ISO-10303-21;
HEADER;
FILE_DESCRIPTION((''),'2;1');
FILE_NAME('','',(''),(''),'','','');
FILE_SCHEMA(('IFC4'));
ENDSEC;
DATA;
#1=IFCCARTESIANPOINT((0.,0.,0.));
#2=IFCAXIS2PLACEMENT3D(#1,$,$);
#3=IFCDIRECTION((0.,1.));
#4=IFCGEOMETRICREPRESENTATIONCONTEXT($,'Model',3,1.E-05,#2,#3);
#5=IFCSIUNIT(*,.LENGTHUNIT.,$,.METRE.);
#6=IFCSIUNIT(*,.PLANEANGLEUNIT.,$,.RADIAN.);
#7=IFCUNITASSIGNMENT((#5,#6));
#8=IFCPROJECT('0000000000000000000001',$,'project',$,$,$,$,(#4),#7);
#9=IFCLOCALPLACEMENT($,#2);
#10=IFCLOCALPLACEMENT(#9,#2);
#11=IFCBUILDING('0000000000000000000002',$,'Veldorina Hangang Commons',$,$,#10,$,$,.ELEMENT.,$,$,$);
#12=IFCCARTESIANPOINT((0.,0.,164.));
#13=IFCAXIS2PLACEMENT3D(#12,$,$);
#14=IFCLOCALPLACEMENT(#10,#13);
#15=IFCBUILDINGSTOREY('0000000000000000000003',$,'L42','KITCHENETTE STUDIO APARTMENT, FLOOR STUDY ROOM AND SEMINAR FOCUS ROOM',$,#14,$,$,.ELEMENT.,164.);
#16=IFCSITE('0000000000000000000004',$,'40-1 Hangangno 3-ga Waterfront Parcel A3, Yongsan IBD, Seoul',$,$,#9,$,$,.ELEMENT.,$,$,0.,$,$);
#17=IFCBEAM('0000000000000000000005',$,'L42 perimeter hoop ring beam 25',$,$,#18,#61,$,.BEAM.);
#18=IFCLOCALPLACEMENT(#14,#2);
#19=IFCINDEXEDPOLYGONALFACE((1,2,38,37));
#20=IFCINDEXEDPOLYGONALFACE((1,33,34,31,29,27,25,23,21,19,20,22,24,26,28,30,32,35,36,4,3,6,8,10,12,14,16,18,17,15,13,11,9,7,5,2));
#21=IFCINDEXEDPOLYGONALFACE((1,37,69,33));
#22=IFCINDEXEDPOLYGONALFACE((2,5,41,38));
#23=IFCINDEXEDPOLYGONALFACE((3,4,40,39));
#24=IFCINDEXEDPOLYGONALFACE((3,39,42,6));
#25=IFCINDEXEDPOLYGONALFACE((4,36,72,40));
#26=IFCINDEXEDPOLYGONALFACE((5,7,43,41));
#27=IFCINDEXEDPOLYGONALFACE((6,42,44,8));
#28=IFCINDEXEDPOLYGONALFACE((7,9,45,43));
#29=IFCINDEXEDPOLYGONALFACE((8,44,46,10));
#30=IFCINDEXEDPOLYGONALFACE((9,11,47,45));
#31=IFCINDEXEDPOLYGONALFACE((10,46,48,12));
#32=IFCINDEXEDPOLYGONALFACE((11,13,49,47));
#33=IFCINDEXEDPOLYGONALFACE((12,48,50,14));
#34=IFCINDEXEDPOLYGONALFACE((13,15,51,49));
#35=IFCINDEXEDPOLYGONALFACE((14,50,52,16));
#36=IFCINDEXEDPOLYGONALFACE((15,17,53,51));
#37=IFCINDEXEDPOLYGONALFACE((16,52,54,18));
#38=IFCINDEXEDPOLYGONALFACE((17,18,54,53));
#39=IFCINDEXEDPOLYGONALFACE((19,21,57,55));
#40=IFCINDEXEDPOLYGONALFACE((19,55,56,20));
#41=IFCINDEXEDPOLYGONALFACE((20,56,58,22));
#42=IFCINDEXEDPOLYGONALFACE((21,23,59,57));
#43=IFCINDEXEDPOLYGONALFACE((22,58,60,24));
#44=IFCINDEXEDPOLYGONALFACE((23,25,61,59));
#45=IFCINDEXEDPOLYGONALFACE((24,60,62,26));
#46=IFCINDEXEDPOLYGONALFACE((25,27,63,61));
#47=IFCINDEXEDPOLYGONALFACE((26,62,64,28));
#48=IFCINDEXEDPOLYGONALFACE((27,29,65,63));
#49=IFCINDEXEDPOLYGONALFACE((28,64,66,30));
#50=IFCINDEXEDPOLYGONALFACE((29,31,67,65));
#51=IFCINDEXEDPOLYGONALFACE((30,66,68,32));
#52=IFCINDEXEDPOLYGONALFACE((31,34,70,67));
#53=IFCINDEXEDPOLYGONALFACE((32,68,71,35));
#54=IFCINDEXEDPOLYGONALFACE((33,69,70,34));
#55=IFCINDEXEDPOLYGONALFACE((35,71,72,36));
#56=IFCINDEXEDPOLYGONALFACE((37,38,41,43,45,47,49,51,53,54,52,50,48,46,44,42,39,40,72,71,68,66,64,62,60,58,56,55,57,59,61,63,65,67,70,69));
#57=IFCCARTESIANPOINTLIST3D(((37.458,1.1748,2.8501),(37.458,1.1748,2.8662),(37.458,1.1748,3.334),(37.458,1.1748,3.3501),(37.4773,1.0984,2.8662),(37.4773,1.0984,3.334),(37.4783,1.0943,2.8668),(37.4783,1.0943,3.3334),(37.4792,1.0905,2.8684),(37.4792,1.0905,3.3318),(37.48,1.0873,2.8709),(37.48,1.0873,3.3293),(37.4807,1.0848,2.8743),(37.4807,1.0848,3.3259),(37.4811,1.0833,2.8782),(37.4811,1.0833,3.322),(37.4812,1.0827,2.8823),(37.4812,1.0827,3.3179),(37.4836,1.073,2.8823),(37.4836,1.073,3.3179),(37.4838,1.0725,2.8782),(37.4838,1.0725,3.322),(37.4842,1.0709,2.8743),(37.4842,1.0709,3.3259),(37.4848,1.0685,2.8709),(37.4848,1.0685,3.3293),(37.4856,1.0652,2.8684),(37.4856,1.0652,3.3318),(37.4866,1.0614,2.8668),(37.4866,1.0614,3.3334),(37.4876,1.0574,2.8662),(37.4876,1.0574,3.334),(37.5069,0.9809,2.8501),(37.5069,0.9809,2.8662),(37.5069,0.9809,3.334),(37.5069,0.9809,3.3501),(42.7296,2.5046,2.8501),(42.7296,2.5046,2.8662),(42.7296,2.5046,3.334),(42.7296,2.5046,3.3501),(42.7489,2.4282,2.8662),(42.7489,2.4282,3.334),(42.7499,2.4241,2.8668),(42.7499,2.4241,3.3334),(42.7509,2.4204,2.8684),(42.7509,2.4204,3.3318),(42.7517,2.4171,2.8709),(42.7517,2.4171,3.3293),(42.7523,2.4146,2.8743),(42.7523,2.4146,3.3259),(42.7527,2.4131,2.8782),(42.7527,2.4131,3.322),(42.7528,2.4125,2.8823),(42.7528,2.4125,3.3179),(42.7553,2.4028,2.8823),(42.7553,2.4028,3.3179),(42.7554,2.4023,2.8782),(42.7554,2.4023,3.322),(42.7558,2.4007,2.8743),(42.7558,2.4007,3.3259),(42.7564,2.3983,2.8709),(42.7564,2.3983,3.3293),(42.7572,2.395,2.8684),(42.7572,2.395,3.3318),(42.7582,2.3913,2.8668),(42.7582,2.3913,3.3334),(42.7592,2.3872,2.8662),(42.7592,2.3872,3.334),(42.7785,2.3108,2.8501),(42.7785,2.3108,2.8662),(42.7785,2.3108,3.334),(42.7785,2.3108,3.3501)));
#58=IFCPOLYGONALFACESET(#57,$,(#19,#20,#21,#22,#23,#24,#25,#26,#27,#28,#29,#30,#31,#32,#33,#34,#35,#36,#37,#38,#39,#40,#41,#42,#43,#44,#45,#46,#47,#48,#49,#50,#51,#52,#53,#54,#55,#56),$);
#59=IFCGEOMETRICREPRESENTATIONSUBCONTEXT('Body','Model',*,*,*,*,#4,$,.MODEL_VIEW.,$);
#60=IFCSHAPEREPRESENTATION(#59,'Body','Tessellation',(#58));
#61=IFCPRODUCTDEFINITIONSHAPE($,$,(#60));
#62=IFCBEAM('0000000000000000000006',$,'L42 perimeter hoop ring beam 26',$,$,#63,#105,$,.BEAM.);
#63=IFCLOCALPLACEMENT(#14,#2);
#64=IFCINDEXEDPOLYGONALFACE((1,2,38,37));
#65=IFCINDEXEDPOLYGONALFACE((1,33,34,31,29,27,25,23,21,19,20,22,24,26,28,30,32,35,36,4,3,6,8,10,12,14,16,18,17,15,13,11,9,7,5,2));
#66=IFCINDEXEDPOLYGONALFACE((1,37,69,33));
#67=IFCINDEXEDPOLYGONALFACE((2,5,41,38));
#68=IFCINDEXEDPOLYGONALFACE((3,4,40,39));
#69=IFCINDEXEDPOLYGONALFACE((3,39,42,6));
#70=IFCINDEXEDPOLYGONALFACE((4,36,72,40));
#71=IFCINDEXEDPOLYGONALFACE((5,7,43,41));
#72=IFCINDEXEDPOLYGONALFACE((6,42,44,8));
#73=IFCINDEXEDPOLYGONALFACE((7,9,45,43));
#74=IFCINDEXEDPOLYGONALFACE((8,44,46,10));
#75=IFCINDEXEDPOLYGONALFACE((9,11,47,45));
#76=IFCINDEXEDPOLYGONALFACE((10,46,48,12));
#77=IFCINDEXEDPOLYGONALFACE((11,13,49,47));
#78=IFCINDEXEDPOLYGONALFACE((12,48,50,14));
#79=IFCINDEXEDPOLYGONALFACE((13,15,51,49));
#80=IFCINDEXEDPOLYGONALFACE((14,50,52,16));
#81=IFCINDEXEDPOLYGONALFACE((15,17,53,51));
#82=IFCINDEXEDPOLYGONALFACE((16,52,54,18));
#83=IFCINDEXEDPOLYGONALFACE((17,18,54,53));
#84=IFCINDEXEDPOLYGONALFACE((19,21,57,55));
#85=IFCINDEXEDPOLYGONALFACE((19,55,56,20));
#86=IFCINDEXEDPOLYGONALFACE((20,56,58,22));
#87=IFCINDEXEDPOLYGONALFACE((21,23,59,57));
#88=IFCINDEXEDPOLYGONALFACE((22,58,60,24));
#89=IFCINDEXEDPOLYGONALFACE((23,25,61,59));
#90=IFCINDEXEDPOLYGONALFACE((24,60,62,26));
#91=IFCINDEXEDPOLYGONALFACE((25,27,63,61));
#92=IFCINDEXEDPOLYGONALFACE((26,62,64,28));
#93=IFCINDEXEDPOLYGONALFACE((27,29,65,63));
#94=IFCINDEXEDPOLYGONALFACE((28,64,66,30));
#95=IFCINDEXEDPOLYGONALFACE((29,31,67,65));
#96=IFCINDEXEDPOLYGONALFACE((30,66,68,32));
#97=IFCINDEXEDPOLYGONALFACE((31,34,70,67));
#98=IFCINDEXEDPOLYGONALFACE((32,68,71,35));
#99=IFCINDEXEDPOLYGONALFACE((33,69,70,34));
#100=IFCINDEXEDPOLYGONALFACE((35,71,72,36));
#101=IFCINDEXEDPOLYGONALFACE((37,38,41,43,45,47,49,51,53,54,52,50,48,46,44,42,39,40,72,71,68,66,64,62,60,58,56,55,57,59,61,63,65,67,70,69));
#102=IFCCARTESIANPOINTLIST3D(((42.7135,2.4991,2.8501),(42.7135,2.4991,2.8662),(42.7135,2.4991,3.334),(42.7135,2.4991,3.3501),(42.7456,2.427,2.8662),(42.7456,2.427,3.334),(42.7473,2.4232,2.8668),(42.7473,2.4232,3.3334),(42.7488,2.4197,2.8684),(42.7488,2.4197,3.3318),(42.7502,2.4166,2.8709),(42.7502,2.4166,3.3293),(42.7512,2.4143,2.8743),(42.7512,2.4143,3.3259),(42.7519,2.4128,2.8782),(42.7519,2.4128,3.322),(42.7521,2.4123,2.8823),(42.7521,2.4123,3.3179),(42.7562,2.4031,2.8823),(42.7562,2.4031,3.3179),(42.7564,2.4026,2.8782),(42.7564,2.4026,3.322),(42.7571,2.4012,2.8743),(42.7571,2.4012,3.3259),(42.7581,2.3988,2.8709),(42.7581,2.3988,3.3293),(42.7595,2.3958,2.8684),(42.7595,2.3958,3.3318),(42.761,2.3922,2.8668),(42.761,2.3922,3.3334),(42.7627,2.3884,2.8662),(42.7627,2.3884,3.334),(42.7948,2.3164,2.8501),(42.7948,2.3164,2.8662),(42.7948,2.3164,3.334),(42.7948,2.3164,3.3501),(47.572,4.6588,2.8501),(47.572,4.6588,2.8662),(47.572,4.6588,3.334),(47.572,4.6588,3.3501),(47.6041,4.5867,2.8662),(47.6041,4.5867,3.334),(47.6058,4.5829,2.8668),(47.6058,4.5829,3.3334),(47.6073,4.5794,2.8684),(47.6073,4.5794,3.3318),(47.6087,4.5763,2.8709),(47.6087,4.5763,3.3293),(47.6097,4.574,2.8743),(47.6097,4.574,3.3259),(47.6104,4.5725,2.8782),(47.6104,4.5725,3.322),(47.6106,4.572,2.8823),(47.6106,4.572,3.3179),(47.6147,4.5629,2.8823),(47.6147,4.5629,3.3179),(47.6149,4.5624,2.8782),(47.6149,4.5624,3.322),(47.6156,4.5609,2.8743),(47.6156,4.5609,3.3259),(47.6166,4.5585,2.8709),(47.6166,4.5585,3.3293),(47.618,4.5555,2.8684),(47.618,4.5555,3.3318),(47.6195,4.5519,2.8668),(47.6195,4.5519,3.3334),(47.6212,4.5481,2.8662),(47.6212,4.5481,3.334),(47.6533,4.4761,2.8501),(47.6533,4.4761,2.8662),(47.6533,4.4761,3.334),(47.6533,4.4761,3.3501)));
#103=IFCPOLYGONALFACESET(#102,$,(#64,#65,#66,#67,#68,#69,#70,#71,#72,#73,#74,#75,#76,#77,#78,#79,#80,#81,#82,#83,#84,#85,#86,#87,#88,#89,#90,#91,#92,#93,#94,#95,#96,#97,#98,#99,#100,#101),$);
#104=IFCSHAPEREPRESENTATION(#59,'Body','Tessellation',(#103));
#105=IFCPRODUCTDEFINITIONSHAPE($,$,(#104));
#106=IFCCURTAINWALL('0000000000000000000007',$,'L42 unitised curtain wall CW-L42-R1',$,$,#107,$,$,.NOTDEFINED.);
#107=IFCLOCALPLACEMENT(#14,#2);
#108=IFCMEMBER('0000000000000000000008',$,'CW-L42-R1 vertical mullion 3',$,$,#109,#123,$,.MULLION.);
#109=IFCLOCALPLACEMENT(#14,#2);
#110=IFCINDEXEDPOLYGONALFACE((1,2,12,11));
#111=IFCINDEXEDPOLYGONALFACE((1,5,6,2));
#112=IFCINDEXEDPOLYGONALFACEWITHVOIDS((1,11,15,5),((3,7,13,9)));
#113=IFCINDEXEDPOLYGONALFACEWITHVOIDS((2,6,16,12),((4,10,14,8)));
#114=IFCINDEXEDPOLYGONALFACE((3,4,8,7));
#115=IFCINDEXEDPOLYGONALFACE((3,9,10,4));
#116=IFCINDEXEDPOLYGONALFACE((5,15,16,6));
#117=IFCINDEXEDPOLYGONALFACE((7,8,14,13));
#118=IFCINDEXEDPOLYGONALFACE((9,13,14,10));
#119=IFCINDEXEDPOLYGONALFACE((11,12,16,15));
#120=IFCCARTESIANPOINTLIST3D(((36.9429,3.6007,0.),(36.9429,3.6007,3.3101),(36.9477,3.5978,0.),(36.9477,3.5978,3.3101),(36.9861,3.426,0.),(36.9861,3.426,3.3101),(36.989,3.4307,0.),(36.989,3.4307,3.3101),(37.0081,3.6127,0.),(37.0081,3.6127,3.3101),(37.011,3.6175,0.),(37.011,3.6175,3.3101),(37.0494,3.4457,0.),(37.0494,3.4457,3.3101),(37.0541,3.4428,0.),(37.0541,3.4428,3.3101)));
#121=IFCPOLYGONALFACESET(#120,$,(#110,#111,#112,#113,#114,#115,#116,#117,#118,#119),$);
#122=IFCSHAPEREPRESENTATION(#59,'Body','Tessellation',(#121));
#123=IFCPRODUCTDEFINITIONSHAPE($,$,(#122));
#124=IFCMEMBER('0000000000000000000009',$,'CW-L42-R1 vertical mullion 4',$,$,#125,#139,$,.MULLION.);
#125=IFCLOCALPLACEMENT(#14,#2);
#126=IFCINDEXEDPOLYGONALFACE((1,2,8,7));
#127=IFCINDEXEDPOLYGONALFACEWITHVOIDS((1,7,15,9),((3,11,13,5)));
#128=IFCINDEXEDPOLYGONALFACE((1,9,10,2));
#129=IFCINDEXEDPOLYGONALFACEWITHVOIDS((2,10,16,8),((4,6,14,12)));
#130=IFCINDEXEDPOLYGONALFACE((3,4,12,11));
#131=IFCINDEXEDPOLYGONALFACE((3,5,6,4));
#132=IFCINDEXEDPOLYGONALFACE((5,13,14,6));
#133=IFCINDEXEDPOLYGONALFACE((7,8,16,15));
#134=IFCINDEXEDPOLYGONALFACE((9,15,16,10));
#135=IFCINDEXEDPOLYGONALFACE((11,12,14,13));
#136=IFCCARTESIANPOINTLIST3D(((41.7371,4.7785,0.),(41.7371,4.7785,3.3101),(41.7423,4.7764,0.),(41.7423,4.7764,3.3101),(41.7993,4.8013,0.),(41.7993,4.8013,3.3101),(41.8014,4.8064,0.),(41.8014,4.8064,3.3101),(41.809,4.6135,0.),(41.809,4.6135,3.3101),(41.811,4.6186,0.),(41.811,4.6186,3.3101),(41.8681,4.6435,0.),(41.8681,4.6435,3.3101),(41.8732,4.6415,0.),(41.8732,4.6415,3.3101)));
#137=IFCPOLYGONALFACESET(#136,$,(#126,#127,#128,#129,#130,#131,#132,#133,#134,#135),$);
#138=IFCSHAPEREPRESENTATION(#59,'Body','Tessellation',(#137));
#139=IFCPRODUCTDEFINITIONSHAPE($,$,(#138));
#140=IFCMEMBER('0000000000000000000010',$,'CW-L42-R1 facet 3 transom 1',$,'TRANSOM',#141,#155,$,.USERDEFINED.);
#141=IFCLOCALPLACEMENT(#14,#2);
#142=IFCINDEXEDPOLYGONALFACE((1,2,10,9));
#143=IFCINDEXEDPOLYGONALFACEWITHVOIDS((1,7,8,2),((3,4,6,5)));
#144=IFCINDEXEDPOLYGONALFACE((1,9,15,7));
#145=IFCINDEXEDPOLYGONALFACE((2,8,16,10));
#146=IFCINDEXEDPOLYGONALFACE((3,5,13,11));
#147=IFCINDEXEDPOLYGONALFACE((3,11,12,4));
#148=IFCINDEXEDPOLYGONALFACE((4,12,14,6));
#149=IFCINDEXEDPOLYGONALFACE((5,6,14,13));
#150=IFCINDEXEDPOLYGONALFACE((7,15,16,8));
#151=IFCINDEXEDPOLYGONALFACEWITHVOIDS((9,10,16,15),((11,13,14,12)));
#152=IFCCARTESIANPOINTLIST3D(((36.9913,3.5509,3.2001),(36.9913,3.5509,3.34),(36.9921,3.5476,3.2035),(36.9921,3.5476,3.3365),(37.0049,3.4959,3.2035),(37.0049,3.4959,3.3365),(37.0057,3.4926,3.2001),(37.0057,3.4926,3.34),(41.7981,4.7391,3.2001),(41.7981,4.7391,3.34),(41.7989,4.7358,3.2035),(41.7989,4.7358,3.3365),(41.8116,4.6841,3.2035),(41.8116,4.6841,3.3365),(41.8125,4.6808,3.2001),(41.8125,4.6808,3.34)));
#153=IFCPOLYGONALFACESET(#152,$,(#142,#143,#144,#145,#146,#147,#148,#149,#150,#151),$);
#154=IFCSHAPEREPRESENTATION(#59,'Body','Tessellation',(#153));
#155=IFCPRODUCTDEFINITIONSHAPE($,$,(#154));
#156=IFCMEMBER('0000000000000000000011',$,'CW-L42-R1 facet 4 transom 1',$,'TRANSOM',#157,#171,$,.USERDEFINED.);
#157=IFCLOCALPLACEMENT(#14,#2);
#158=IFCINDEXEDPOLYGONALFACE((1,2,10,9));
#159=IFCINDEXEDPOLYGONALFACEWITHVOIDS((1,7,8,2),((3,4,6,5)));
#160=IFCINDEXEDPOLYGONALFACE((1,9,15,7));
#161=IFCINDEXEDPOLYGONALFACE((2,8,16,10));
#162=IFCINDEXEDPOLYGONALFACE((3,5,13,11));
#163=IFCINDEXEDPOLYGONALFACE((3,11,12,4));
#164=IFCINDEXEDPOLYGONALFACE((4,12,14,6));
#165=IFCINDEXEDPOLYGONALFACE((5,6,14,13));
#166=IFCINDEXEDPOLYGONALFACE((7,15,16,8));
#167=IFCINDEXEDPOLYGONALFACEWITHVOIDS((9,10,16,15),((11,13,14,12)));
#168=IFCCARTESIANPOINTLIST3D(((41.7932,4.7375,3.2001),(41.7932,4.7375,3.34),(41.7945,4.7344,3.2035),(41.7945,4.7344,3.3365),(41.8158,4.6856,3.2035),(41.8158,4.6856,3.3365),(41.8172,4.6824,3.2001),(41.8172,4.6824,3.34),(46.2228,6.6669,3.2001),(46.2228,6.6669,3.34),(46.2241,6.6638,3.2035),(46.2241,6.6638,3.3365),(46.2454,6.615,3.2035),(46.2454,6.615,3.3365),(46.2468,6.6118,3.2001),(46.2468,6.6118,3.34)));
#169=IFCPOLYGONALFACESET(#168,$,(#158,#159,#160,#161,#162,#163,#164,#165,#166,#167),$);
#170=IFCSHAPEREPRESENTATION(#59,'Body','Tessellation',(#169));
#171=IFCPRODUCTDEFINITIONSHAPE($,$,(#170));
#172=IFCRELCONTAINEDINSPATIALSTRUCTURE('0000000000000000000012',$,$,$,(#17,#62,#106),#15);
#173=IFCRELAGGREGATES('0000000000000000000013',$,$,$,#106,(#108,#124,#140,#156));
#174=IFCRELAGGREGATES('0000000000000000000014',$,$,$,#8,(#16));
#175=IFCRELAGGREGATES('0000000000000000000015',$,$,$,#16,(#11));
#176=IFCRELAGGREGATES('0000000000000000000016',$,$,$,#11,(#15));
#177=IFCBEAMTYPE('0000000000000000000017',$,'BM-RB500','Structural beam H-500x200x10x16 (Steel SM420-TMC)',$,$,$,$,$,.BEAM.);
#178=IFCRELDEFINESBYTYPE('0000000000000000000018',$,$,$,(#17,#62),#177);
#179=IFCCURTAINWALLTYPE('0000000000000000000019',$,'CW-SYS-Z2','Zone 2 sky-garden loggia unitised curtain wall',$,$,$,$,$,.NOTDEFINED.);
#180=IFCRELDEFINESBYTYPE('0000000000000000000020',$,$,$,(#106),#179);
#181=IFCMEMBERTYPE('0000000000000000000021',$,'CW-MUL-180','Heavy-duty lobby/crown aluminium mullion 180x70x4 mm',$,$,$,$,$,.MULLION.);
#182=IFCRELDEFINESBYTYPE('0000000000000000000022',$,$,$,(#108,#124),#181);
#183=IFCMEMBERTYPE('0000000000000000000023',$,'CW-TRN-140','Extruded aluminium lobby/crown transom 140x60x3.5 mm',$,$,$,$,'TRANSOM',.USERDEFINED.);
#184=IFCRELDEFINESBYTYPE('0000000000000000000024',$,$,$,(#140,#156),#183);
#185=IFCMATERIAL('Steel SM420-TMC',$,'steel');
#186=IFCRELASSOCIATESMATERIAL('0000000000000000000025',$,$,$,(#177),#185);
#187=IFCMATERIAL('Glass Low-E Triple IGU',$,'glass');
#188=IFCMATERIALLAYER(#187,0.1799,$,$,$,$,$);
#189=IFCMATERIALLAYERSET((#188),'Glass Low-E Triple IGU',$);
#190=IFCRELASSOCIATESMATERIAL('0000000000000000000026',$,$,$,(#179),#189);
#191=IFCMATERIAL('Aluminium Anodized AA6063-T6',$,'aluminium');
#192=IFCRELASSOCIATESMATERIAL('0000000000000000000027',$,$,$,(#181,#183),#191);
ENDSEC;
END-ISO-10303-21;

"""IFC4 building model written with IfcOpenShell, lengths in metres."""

from ifc_helpers import new_model, si_unit, direction, frame, origin, origin_2d, place, context, subcontext, project, spatial, hollow_rectangle, i_section, extrude, material, layer, layer_set, material_profile, profile_set, type_object, element, aggregate, save


model = new_model("IFC4")

# Units and contexts
model_context = context("Model", 3, precision=1e-05, world=origin(), true_north=direction((0.0, 1.0)))
body_context = subcontext(model_context, "Body", "Model", "MODEL_VIEW")
ifc_project = project(units=[si_unit("LENGTHUNIT", "METRE"), si_unit("PLANEANGLEUNIT", "RADIAN")], contexts=[model_context])

# Site, building, storey
site_placement = place(None, origin())
site = spatial("IfcSite", under=ifc_project, at=site_placement, Name="40-1 Hangangno 3-ga Waterfront Parcel A3, Yongsan IBD, Seoul", CompositionType="ELEMENT", RefElevation=0.0)
building_placement = place(site_placement, origin())
building = spatial("IfcBuilding", under=site, at=building_placement, Name="Veldorina Hangang Commons", CompositionType="ELEMENT")
storey_placement = place(building_placement, frame((0.0, 0.0, 164.0)))
storey = spatial("IfcBuildingStorey", under=building, at=storey_placement, Name="L42", Description="KITCHENETTE STUDIO APARTMENT, FLOOR STUDY ROOM AND SEMINAR FOCUS ROOM", CompositionType="ELEMENT", Elevation=164.0)

# Beams
ifc_material_1 = material(Name="Steel SM420-TMC", Category="steel")
ifc_material_profile_1 = material_profile(ifc_material_1, i_section(OverallWidth=0.2, OverallDepth=0.5, WebThickness=0.01, FlangeThickness=0.0161, FilletRadius=0.0161, at=origin_2d()), Name="H-500x200x10x16")
ifc_profile_set_1 = profile_set([ifc_material_profile_1], Name="Steel SM420-TMC")
beam_type = type_object("IfcBeamType", Name="BM-RB500", Description="Structural beam H-500x200x10x16 (Steel SM420-TMC)", PredefinedType="BEAM", material=ifc_profile_set_1)
beam_1_placement = place(storey_placement, frame((37.4824, 1.0779, 3.1001), z_axis=(0.969625, 0.244595, 0.0), x_axis=(-0.244595, 0.969625, 0.0)))
element("IfcBeam", 1, at=beam_1_placement, inside=storey, type_object=beam_type, Name="L42 perimeter hoop ring beam 25", PredefinedType="BEAM", context=body_context, shape_type="SweptSolid", body=[
    extrude(i_section(OverallWidth=0.2, OverallDepth=0.5, WebThickness=0.01, FlangeThickness=0.0161, FilletRadius=0.0161, at=origin_2d()), origin(), (0.0, 0.0, 1.0), 5.4368),
])
beam_2_placement = place(storey_placement, frame((42.7542, 2.4077, 3.1001), z_axis=(0.913785, 0.406198, 0.0), x_axis=(-0.406198, 0.913785, 0.0)))
element("IfcBeam", 2, at=beam_2_placement, inside=storey, type_object=beam_type, Name="L42 perimeter hoop ring beam 26", PredefinedType="BEAM", context=body_context, shape_type="SweptSolid", body=[
    extrude(i_section(OverallWidth=0.2, OverallDepth=0.5, WebThickness=0.01, FlangeThickness=0.0161, FilletRadius=0.0161, at=origin_2d()), origin(), (0.0, 0.0, 1.0), 5.3169),
])

# Curtain wall, members
ifc_material_2 = material(Name="Glass Low-E Triple IGU", Category="glass")
ifc_layer_1 = layer(ifc_material_2, 0.1799)
ifc_layer_set_1 = layer_set([ifc_layer_1], Name="Glass Low-E Triple IGU")
curtain_wall_type = type_object("IfcCurtainWallType", Name="CW-SYS-Z2", Description="Zone 2 sky-garden loggia unitised curtain wall", PredefinedType="NOTDEFINED", material=ifc_layer_set_1)
curtain_wall_placement = place(storey_placement, origin())
curtain_wall = element("IfcCurtainWall", 3, at=curtain_wall_placement, inside=storey, type_object=curtain_wall_type, Name="L42 unitised curtain wall CW-L42-R1", PredefinedType="NOTDEFINED")
ifc_material_3 = material(Name="Aluminium Anodized AA6063-T6", Category="aluminium")
ifc_material_profile_2 = material_profile(ifc_material_3, hollow_rectangle(XDim=0.0701, YDim=0.1799, WallThickness=0.0039, at=origin_2d()), Name="ALU-RHS-180x70x4")
ifc_profile_set_2 = profile_set([ifc_material_profile_2], Name="Aluminium Anodized AA6063-T6")
member_type_1 = type_object("IfcMemberType", Name="CW-MUL-180", Description="Heavy-duty lobby/crown aluminium mullion 180x70x4 mm", PredefinedType="MULLION", material=ifc_profile_set_2)
member_1_placement = place(storey_placement, frame((36.9985, 3.5217, 0.0), z_axis=(0.0, 0.0, 1.0), x_axis=(0.970779, 0.239974, 0.0)))
member_1 = element("IfcMember", 4, at=member_1_placement, type_object=member_type_1, Name="CW-L42-R1 vertical mullion 3", PredefinedType="MULLION", context=body_context, shape_type="SweptSolid", body=[
    extrude(hollow_rectangle(XDim=0.0701, YDim=0.1799, WallThickness=0.0039, at=origin_2d()), origin(), (0.0, 0.0, 1.0), 3.3101),
])
member_2_placement = place(storey_placement, frame((41.8052, 4.71, 0.0), z_axis=(0.0, 0.0, 1.0), x_axis=(0.916809, 0.399325, 0.0)))
member_2 = element("IfcMember", 5, at=member_2_placement, type_object=member_type_1, Name="CW-L42-R1 vertical mullion 4", PredefinedType="MULLION", context=body_context, shape_type="SweptSolid", body=[
    extrude(hollow_rectangle(XDim=0.0701, YDim=0.1799, WallThickness=0.0039, at=origin_2d()), origin(), (0.0, 0.0, 1.0), 3.3101),
])
ifc_material_profile_3 = material_profile(ifc_material_3, hollow_rectangle(XDim=0.0601, YDim=0.1399, WallThickness=0.0034, at=origin_2d()), Name="ALU-RHS-140x60x3.5")
ifc_profile_set_3 = profile_set([ifc_material_profile_3], Name="Aluminium Anodized AA6063-T6")
member_type_2 = type_object("IfcMemberType", Name="CW-TRN-140", Description="Extruded aluminium lobby/crown transom 140x60x3.5 mm", ElementType="TRANSOM", PredefinedType="USERDEFINED", material=ifc_profile_set_3)
member_3_placement = place(storey_placement, frame((36.9985, 3.5217, 3.27), z_axis=(0.970777, 0.239982, 0.0), x_axis=(-0.239982, 0.970777, 0.0)))
member_3 = element("IfcMember", 6, at=member_3_placement, type_object=member_type_2, Name="CW-L42-R1 facet 3 transom 1", ObjectType="TRANSOM", PredefinedType="USERDEFINED", context=body_context, shape_type="SweptSolid", body=[
    extrude(hollow_rectangle(XDim=0.0601, YDim=0.1399, WallThickness=0.0034, at=origin_2d()), origin(), (0.0, 0.0, 1.0), 4.9514),
])
member_4_placement = place(storey_placement, frame((41.8052, 4.71, 3.27), z_axis=(0.916806, 0.399334, 0.0), x_axis=(-0.399334, 0.916806, 0.0)))
member_4 = element("IfcMember", 7, at=member_4_placement, type_object=member_type_2, Name="CW-L42-R1 facet 4 transom 1", ObjectType="TRANSOM", PredefinedType="USERDEFINED", context=body_context, shape_type="SweptSolid", body=[
    extrude(hollow_rectangle(XDim=0.0601, YDim=0.1399, WallThickness=0.0034, at=origin_2d()), origin(), (0.0, 0.0, 1.0), 4.8315),
])

aggregate(curtain_wall, [member_1, member_2, member_3, member_4])

save(model, "model.ifc")
